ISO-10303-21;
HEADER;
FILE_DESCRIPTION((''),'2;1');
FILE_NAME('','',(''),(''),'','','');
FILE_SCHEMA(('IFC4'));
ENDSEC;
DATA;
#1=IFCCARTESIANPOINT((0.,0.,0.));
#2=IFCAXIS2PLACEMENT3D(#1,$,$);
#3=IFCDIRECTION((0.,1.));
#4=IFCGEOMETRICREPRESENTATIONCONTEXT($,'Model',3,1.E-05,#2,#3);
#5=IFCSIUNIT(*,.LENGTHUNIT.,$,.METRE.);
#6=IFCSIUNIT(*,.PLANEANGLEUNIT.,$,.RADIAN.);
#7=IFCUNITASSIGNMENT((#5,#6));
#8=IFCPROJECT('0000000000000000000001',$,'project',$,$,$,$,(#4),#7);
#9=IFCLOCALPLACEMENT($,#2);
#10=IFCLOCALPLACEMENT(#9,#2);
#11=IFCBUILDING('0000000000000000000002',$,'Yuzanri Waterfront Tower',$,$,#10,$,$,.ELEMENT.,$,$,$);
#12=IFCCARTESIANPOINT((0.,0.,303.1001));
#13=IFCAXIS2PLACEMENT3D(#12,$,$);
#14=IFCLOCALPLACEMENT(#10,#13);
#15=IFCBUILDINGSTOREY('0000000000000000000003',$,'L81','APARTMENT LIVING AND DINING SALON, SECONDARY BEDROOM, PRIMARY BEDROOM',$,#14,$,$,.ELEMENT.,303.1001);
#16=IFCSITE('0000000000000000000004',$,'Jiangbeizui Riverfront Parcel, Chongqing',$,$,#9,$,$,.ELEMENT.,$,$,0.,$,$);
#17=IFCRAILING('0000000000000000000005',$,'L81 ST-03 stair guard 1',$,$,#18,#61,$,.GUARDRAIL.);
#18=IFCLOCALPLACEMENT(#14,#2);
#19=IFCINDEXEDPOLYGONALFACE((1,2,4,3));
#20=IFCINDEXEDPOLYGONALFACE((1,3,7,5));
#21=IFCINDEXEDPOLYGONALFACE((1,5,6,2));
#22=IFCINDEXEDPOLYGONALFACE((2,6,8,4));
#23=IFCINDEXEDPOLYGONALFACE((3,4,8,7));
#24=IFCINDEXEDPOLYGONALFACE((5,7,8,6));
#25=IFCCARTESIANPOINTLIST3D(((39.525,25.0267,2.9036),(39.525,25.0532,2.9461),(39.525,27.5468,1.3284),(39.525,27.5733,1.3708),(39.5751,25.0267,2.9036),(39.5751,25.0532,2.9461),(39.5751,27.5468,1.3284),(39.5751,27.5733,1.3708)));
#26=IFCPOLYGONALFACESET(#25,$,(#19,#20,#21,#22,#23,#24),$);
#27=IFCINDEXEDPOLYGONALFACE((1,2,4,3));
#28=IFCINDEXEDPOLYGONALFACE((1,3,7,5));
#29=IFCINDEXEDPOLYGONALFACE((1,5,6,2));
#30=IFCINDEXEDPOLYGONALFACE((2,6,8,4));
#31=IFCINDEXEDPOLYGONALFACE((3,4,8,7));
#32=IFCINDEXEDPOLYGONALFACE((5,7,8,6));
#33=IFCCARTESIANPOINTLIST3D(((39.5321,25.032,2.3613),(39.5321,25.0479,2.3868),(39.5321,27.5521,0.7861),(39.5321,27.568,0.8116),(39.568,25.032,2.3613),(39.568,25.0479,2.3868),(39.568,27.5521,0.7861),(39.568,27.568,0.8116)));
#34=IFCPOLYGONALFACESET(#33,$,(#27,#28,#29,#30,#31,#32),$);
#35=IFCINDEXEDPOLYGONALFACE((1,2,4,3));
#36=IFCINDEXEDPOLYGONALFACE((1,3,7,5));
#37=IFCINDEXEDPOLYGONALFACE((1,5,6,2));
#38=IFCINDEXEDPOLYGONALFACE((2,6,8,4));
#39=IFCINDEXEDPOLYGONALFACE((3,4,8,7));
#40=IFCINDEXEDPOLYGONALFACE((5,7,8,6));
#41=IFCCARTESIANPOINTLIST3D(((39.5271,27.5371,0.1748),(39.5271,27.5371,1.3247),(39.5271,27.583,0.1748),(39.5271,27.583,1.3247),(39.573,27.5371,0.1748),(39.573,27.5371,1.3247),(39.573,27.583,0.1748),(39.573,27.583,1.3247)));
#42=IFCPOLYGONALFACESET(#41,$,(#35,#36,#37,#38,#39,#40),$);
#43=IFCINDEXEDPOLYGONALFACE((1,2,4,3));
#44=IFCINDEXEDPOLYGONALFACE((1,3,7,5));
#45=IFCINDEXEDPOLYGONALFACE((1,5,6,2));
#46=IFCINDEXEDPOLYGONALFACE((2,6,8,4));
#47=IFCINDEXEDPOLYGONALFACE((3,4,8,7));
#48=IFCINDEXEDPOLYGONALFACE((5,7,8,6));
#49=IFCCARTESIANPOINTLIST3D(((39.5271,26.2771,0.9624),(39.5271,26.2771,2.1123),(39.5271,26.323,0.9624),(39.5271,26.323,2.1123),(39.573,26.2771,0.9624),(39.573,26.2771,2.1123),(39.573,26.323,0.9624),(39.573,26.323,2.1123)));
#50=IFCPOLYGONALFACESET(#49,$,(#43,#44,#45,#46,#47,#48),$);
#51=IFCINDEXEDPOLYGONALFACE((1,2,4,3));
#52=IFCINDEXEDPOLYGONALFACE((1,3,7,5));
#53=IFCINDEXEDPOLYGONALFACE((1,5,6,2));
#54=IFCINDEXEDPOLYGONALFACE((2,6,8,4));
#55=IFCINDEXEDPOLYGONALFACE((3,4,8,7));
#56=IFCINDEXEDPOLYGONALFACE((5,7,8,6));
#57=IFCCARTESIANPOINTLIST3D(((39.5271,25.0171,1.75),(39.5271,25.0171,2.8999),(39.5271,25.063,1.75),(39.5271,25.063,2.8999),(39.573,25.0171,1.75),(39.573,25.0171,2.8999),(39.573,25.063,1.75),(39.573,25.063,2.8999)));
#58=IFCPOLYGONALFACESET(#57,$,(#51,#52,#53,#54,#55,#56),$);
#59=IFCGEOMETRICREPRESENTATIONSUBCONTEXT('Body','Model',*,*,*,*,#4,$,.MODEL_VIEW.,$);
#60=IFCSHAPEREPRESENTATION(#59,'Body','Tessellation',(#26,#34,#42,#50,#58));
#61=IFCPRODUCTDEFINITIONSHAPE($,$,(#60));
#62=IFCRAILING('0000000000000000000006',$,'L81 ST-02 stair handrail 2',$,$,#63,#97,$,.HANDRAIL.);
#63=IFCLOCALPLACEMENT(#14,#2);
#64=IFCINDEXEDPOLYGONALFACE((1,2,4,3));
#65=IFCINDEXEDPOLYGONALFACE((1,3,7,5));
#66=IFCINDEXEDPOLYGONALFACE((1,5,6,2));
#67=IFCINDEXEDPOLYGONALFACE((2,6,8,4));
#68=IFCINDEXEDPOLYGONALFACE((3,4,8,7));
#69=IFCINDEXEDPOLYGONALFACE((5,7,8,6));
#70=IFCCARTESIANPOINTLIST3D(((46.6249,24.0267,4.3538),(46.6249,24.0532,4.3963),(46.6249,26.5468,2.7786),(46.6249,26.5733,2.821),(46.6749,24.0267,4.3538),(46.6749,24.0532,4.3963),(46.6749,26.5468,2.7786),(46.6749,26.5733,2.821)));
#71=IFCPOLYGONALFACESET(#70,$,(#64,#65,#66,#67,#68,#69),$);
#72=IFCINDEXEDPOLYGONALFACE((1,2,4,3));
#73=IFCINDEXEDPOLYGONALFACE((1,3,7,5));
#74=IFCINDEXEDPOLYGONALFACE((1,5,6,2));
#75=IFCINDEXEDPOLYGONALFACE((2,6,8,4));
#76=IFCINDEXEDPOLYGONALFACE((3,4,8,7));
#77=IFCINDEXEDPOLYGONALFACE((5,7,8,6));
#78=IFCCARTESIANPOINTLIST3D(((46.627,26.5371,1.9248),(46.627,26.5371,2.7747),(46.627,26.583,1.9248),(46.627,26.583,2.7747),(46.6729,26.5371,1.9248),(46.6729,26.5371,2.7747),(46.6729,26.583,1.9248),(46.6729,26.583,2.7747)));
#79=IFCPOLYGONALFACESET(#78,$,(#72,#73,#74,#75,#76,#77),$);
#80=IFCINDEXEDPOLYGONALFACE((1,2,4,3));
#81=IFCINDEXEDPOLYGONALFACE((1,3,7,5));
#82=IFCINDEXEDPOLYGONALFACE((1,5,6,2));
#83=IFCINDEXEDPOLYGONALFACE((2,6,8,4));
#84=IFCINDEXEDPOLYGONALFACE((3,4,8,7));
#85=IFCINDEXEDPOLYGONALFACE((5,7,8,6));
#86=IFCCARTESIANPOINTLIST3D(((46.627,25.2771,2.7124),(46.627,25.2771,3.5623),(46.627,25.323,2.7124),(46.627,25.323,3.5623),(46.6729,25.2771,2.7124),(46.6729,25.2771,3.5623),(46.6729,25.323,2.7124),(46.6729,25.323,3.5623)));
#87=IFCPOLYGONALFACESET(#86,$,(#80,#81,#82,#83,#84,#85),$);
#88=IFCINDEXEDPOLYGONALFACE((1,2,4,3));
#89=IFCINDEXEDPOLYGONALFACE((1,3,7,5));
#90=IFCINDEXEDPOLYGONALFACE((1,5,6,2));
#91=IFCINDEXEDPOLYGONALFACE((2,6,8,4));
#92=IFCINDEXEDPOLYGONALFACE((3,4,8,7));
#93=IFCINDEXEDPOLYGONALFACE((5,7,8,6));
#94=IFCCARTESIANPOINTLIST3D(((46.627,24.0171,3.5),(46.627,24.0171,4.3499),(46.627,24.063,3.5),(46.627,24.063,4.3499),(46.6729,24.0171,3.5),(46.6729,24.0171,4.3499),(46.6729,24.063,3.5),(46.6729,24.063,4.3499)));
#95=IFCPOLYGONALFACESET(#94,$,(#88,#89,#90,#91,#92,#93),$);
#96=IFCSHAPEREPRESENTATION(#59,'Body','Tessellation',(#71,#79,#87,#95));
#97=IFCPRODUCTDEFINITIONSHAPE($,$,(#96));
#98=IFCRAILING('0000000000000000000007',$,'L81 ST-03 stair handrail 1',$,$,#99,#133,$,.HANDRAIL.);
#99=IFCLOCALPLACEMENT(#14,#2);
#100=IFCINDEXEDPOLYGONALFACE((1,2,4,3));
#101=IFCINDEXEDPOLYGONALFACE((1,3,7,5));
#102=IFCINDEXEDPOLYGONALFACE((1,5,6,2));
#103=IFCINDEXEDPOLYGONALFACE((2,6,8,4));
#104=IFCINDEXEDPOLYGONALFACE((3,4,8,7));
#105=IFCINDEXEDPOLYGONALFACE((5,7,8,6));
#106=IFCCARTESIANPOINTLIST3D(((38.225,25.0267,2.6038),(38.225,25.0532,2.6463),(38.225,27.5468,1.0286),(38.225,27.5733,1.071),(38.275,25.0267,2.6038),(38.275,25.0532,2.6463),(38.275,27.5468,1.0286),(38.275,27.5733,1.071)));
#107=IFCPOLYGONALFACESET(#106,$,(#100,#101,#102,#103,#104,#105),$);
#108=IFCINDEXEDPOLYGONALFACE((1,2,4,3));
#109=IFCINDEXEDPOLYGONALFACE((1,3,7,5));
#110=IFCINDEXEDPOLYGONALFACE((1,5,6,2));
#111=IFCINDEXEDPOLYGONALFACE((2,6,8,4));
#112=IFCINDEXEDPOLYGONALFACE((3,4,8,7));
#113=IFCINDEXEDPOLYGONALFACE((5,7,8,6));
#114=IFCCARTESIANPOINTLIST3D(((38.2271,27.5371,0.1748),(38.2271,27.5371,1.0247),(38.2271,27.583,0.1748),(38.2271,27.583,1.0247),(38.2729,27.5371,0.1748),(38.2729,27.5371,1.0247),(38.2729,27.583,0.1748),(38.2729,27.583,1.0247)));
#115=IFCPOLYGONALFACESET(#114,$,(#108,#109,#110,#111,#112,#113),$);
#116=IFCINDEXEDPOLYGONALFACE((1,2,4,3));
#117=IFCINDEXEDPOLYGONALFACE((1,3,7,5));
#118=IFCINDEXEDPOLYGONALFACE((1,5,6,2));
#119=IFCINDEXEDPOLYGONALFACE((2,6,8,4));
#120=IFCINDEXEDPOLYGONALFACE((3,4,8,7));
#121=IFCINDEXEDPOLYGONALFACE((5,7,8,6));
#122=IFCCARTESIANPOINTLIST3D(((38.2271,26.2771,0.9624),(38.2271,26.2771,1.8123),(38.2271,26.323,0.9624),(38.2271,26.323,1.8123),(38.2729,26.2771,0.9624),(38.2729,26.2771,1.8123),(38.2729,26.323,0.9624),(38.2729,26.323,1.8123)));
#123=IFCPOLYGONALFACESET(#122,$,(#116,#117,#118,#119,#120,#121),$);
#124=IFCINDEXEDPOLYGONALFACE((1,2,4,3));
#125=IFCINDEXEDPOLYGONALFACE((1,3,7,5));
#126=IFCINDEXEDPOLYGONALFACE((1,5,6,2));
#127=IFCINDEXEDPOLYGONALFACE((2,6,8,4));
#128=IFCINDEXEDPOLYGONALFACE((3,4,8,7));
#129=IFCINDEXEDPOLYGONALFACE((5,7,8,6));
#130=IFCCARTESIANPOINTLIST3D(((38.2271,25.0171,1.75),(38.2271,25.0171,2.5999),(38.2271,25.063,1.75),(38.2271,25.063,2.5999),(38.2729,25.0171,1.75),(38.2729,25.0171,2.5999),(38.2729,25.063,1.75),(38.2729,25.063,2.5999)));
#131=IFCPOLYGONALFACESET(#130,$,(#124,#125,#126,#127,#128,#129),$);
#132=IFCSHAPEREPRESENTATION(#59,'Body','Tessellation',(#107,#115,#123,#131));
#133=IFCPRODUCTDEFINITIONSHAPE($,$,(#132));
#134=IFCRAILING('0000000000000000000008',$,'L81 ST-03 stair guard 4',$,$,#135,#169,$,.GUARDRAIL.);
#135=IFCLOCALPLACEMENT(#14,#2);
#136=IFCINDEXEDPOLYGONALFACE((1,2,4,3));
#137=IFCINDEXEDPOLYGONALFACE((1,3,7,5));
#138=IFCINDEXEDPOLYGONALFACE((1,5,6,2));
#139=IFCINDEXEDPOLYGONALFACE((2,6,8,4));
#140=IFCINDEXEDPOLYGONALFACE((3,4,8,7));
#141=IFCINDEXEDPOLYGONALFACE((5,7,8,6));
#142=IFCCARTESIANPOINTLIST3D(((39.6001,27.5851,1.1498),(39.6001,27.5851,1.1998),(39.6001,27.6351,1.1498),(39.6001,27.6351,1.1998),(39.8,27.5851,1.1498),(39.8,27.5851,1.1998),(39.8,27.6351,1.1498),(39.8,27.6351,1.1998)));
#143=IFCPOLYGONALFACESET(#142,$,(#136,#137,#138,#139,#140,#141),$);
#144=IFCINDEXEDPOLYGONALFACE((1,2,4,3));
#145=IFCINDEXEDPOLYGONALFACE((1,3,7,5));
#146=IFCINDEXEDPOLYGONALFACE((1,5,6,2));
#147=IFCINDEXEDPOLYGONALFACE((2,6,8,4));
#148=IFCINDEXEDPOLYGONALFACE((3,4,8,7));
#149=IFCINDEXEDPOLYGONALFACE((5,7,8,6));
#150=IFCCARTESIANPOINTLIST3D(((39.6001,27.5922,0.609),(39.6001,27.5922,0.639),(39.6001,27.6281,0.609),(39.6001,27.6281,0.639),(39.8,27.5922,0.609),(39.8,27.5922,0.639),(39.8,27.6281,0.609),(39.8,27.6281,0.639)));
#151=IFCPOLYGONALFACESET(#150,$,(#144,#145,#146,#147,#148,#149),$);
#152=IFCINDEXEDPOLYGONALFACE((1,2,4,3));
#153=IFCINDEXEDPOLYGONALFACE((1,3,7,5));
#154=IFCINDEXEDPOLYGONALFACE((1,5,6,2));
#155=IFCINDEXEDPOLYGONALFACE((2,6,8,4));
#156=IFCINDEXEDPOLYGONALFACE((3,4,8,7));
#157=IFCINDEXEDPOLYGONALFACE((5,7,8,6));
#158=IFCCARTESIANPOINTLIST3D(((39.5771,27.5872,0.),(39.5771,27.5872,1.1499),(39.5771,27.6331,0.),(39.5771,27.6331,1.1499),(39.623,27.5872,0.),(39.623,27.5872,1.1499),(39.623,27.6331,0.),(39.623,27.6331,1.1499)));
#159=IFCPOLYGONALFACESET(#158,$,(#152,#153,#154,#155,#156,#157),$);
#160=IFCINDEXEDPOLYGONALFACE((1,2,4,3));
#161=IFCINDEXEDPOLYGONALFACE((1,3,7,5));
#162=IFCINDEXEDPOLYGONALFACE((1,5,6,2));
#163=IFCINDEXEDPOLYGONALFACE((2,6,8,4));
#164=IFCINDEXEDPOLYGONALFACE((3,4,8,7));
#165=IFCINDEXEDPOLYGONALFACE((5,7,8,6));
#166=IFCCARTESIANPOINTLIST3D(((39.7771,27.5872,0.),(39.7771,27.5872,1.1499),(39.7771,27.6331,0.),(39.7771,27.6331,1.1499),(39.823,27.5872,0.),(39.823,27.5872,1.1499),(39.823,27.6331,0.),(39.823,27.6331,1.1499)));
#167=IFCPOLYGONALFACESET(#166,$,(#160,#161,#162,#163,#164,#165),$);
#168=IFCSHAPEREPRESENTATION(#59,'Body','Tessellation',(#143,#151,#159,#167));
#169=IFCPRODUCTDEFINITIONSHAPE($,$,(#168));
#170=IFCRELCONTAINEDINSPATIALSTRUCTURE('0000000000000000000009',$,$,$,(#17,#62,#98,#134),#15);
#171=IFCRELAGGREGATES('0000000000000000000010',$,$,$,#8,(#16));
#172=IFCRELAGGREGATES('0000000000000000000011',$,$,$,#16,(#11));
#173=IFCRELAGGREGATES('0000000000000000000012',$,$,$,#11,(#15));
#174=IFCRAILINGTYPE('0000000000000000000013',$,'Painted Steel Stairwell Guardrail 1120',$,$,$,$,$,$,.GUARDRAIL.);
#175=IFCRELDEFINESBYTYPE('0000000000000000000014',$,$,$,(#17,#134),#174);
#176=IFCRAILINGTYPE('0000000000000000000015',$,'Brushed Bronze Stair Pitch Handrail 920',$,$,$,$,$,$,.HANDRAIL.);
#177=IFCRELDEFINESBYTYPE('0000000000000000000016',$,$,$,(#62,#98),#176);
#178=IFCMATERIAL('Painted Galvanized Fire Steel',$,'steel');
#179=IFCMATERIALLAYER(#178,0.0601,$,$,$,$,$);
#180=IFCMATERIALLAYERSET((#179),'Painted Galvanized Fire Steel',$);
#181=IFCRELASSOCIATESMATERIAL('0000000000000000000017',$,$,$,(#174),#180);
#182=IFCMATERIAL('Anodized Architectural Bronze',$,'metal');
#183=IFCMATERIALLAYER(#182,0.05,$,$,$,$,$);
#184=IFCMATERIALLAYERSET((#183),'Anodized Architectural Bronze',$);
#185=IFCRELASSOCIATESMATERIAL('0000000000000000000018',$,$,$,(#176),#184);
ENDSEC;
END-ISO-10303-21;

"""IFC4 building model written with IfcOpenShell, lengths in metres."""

from ifc_helpers import new_model, si_unit, direction, frame, origin, origin_2d, place, context, subcontext, project, spatial, rectangle, extrude, source, transform, mapped, material, layer, layer_set, type_object, element, save


model = new_model("IFC4")

# Units and contexts
model_context = context("Model", 3, precision=1e-05, world=origin(), true_north=direction((0.0, 1.0)))
body_context = subcontext(model_context, "Body", "Model", "MODEL_VIEW")
ifc_project = project(units=[si_unit("LENGTHUNIT", "METRE"), si_unit("PLANEANGLEUNIT", "RADIAN")], contexts=[model_context])

# Site, building, storey
site_placement = place(None, origin())
site = spatial("IfcSite", under=ifc_project, at=site_placement, Name="Jiangbeizui Riverfront Parcel, Chongqing", CompositionType="ELEMENT", RefElevation=0.0)
building_placement = place(site_placement, origin())
building = spatial("IfcBuilding", under=site, at=building_placement, Name="Yuzanri Waterfront Tower", CompositionType="ELEMENT")
storey_placement = place(building_placement, frame((0.0, 0.0, 303.1001)))
storey = spatial("IfcBuildingStorey", under=building, at=storey_placement, Name="L81", Description="APARTMENT LIVING AND DINING SALON, SECONDARY BEDROOM, PRIMARY BEDROOM", CompositionType="ELEMENT", Elevation=303.1001)

# Railings
ifc_material_1 = material(Name="Painted Galvanized Fire Steel", Category="steel")
ifc_layer_1 = layer(ifc_material_1, 0.0601)
ifc_layer_set_1 = layer_set([ifc_layer_1], Name="Painted Galvanized Fire Steel")
railing_type_1 = type_object("IfcRailingType", Name="Painted Steel Stairwell Guardrail 1120", PredefinedType="GUARDRAIL", material=ifc_layer_set_1)
shared_shape_1 = source(origin(), body_context, "Body", "SweptSolid", [
    extrude(rectangle(XDim=0.05, YDim=0.05, at=origin_2d()), frame((0.0, 0.0, 1.1748), z_axis=(0.0, -0.847971, 0.530043), x_axis=(1.0, 0.0, 0.0)), (0.0, 0.0, 1.0), 2.9719),
    extrude(rectangle(XDim=0.0359, YDim=0.03, at=origin_2d()), frame((0.0, 0.0, 0.624), z_axis=(0.0, -0.847971, 0.530043), x_axis=(1.0, 0.0, 0.0)), (0.0, 0.0, 1.0), 2.9719),
    extrude(rectangle(XDim=0.0459, YDim=0.0459, at=origin_2d()), origin(), (0.0, 0.0, 1.0), 1.1499),
    extrude(rectangle(XDim=0.0459, YDim=0.0459, at=origin_2d()), frame((0.0, -1.26, 0.7876)), (0.0, 0.0, 1.0), 1.1499),
    extrude(rectangle(XDim=0.0459, YDim=0.0459, at=origin_2d()), frame((0.0, -2.52, 1.5752)), (0.0, 0.0, 1.0), 1.1499),
])
railing_1_placement = place(storey_placement, frame((39.55, 27.5601, 0.1748)))
element("IfcRailing", 1, at=railing_1_placement, inside=storey, type_object=railing_type_1, Name="L81 ST-03 stair guard 1", PredefinedType="GUARDRAIL", context=body_context, shape_type="MappedRepresentation", body=[
    mapped(shared_shape_1, transform((0.0, 0.0, 0.0), scale=1.0)),
])
ifc_material_2 = material(Name="Anodized Architectural Bronze", Category="metal")
ifc_layer_2 = layer(ifc_material_2, 0.05)
ifc_layer_set_2 = layer_set([ifc_layer_2], Name="Anodized Architectural Bronze")
railing_type_2 = type_object("IfcRailingType", Name="Brushed Bronze Stair Pitch Handrail 920", PredefinedType="HANDRAIL", material=ifc_layer_set_2)
shared_shape_2 = source(origin(), body_context, "Body", "SweptSolid", [
    extrude(rectangle(XDim=0.05, YDim=0.05, at=origin_2d()), frame((0.0, 0.0, 0.875), z_axis=(0.0, -0.847971, 0.530043), x_axis=(1.0, 0.0, 0.0)), (0.0, 0.0, 1.0), 2.9719),
    extrude(rectangle(XDim=0.0459, YDim=0.0459, at=origin_2d()), origin(), (0.0, 0.0, 1.0), 0.8499),
    extrude(rectangle(XDim=0.0459, YDim=0.0459, at=origin_2d()), frame((0.0, -1.26, 0.7876)), (0.0, 0.0, 1.0), 0.8499),
    extrude(rectangle(XDim=0.0459, YDim=0.0459, at=origin_2d()), frame((0.0, -2.52, 1.5752)), (0.0, 0.0, 1.0), 0.8499),
])
for number, where, name in (
    (2, (46.6499, 26.5601, 1.9248), "L81 ST-02 stair handrail 2"),
    (3, (38.25, 27.5601, 0.1748), "L81 ST-03 stair handrail 1"),
):
    element("IfcRailing", number, at=place(storey_placement, frame(where)), inside=storey, type_object=railing_type_2, Name=name, PredefinedType="HANDRAIL", context=body_context, shape_type="MappedRepresentation", body=[
        mapped(shared_shape_2, transform((0.0, 0.0, 0.0), scale=1.0)),
    ])
shared_shape_3 = source(origin(), body_context, "Body", "SweptSolid", [
    extrude(rectangle(XDim=0.05, YDim=0.05, at=origin_2d()), frame((0.0, 0.0, 1.1748), z_axis=(1.0, 0.0, 0.0), x_axis=(0.0, 1.0, 0.0)), (0.0, 0.0, 1.0), 0.2),
    extrude(rectangle(XDim=0.0359, YDim=0.03, at=origin_2d()), frame((0.0, 0.0, 0.624), z_axis=(1.0, 0.0, 0.0), x_axis=(0.0, 1.0, 0.0)), (0.0, 0.0, 1.0), 0.2),
    extrude(rectangle(XDim=0.0459, YDim=0.0459, at=origin_2d()), origin(), (0.0, 0.0, 1.0), 1.1499),
    extrude(rectangle(XDim=0.0459, YDim=0.0459, at=origin_2d()), frame((0.2, 0.0, 0.0)), (0.0, 0.0, 1.0), 1.1499),
])
railing_2_placement = place(storey_placement, frame((39.6001, 27.6101, 0.0)))
element("IfcRailing", 4, at=railing_2_placement, inside=storey, type_object=railing_type_1, Name="L81 ST-03 stair guard 4", PredefinedType="GUARDRAIL", context=body_context, shape_type="MappedRepresentation", body=[
    mapped(shared_shape_3, transform((0.0, 0.0, 0.0), scale=1.0)),
])

save(model, "model.ifc")
